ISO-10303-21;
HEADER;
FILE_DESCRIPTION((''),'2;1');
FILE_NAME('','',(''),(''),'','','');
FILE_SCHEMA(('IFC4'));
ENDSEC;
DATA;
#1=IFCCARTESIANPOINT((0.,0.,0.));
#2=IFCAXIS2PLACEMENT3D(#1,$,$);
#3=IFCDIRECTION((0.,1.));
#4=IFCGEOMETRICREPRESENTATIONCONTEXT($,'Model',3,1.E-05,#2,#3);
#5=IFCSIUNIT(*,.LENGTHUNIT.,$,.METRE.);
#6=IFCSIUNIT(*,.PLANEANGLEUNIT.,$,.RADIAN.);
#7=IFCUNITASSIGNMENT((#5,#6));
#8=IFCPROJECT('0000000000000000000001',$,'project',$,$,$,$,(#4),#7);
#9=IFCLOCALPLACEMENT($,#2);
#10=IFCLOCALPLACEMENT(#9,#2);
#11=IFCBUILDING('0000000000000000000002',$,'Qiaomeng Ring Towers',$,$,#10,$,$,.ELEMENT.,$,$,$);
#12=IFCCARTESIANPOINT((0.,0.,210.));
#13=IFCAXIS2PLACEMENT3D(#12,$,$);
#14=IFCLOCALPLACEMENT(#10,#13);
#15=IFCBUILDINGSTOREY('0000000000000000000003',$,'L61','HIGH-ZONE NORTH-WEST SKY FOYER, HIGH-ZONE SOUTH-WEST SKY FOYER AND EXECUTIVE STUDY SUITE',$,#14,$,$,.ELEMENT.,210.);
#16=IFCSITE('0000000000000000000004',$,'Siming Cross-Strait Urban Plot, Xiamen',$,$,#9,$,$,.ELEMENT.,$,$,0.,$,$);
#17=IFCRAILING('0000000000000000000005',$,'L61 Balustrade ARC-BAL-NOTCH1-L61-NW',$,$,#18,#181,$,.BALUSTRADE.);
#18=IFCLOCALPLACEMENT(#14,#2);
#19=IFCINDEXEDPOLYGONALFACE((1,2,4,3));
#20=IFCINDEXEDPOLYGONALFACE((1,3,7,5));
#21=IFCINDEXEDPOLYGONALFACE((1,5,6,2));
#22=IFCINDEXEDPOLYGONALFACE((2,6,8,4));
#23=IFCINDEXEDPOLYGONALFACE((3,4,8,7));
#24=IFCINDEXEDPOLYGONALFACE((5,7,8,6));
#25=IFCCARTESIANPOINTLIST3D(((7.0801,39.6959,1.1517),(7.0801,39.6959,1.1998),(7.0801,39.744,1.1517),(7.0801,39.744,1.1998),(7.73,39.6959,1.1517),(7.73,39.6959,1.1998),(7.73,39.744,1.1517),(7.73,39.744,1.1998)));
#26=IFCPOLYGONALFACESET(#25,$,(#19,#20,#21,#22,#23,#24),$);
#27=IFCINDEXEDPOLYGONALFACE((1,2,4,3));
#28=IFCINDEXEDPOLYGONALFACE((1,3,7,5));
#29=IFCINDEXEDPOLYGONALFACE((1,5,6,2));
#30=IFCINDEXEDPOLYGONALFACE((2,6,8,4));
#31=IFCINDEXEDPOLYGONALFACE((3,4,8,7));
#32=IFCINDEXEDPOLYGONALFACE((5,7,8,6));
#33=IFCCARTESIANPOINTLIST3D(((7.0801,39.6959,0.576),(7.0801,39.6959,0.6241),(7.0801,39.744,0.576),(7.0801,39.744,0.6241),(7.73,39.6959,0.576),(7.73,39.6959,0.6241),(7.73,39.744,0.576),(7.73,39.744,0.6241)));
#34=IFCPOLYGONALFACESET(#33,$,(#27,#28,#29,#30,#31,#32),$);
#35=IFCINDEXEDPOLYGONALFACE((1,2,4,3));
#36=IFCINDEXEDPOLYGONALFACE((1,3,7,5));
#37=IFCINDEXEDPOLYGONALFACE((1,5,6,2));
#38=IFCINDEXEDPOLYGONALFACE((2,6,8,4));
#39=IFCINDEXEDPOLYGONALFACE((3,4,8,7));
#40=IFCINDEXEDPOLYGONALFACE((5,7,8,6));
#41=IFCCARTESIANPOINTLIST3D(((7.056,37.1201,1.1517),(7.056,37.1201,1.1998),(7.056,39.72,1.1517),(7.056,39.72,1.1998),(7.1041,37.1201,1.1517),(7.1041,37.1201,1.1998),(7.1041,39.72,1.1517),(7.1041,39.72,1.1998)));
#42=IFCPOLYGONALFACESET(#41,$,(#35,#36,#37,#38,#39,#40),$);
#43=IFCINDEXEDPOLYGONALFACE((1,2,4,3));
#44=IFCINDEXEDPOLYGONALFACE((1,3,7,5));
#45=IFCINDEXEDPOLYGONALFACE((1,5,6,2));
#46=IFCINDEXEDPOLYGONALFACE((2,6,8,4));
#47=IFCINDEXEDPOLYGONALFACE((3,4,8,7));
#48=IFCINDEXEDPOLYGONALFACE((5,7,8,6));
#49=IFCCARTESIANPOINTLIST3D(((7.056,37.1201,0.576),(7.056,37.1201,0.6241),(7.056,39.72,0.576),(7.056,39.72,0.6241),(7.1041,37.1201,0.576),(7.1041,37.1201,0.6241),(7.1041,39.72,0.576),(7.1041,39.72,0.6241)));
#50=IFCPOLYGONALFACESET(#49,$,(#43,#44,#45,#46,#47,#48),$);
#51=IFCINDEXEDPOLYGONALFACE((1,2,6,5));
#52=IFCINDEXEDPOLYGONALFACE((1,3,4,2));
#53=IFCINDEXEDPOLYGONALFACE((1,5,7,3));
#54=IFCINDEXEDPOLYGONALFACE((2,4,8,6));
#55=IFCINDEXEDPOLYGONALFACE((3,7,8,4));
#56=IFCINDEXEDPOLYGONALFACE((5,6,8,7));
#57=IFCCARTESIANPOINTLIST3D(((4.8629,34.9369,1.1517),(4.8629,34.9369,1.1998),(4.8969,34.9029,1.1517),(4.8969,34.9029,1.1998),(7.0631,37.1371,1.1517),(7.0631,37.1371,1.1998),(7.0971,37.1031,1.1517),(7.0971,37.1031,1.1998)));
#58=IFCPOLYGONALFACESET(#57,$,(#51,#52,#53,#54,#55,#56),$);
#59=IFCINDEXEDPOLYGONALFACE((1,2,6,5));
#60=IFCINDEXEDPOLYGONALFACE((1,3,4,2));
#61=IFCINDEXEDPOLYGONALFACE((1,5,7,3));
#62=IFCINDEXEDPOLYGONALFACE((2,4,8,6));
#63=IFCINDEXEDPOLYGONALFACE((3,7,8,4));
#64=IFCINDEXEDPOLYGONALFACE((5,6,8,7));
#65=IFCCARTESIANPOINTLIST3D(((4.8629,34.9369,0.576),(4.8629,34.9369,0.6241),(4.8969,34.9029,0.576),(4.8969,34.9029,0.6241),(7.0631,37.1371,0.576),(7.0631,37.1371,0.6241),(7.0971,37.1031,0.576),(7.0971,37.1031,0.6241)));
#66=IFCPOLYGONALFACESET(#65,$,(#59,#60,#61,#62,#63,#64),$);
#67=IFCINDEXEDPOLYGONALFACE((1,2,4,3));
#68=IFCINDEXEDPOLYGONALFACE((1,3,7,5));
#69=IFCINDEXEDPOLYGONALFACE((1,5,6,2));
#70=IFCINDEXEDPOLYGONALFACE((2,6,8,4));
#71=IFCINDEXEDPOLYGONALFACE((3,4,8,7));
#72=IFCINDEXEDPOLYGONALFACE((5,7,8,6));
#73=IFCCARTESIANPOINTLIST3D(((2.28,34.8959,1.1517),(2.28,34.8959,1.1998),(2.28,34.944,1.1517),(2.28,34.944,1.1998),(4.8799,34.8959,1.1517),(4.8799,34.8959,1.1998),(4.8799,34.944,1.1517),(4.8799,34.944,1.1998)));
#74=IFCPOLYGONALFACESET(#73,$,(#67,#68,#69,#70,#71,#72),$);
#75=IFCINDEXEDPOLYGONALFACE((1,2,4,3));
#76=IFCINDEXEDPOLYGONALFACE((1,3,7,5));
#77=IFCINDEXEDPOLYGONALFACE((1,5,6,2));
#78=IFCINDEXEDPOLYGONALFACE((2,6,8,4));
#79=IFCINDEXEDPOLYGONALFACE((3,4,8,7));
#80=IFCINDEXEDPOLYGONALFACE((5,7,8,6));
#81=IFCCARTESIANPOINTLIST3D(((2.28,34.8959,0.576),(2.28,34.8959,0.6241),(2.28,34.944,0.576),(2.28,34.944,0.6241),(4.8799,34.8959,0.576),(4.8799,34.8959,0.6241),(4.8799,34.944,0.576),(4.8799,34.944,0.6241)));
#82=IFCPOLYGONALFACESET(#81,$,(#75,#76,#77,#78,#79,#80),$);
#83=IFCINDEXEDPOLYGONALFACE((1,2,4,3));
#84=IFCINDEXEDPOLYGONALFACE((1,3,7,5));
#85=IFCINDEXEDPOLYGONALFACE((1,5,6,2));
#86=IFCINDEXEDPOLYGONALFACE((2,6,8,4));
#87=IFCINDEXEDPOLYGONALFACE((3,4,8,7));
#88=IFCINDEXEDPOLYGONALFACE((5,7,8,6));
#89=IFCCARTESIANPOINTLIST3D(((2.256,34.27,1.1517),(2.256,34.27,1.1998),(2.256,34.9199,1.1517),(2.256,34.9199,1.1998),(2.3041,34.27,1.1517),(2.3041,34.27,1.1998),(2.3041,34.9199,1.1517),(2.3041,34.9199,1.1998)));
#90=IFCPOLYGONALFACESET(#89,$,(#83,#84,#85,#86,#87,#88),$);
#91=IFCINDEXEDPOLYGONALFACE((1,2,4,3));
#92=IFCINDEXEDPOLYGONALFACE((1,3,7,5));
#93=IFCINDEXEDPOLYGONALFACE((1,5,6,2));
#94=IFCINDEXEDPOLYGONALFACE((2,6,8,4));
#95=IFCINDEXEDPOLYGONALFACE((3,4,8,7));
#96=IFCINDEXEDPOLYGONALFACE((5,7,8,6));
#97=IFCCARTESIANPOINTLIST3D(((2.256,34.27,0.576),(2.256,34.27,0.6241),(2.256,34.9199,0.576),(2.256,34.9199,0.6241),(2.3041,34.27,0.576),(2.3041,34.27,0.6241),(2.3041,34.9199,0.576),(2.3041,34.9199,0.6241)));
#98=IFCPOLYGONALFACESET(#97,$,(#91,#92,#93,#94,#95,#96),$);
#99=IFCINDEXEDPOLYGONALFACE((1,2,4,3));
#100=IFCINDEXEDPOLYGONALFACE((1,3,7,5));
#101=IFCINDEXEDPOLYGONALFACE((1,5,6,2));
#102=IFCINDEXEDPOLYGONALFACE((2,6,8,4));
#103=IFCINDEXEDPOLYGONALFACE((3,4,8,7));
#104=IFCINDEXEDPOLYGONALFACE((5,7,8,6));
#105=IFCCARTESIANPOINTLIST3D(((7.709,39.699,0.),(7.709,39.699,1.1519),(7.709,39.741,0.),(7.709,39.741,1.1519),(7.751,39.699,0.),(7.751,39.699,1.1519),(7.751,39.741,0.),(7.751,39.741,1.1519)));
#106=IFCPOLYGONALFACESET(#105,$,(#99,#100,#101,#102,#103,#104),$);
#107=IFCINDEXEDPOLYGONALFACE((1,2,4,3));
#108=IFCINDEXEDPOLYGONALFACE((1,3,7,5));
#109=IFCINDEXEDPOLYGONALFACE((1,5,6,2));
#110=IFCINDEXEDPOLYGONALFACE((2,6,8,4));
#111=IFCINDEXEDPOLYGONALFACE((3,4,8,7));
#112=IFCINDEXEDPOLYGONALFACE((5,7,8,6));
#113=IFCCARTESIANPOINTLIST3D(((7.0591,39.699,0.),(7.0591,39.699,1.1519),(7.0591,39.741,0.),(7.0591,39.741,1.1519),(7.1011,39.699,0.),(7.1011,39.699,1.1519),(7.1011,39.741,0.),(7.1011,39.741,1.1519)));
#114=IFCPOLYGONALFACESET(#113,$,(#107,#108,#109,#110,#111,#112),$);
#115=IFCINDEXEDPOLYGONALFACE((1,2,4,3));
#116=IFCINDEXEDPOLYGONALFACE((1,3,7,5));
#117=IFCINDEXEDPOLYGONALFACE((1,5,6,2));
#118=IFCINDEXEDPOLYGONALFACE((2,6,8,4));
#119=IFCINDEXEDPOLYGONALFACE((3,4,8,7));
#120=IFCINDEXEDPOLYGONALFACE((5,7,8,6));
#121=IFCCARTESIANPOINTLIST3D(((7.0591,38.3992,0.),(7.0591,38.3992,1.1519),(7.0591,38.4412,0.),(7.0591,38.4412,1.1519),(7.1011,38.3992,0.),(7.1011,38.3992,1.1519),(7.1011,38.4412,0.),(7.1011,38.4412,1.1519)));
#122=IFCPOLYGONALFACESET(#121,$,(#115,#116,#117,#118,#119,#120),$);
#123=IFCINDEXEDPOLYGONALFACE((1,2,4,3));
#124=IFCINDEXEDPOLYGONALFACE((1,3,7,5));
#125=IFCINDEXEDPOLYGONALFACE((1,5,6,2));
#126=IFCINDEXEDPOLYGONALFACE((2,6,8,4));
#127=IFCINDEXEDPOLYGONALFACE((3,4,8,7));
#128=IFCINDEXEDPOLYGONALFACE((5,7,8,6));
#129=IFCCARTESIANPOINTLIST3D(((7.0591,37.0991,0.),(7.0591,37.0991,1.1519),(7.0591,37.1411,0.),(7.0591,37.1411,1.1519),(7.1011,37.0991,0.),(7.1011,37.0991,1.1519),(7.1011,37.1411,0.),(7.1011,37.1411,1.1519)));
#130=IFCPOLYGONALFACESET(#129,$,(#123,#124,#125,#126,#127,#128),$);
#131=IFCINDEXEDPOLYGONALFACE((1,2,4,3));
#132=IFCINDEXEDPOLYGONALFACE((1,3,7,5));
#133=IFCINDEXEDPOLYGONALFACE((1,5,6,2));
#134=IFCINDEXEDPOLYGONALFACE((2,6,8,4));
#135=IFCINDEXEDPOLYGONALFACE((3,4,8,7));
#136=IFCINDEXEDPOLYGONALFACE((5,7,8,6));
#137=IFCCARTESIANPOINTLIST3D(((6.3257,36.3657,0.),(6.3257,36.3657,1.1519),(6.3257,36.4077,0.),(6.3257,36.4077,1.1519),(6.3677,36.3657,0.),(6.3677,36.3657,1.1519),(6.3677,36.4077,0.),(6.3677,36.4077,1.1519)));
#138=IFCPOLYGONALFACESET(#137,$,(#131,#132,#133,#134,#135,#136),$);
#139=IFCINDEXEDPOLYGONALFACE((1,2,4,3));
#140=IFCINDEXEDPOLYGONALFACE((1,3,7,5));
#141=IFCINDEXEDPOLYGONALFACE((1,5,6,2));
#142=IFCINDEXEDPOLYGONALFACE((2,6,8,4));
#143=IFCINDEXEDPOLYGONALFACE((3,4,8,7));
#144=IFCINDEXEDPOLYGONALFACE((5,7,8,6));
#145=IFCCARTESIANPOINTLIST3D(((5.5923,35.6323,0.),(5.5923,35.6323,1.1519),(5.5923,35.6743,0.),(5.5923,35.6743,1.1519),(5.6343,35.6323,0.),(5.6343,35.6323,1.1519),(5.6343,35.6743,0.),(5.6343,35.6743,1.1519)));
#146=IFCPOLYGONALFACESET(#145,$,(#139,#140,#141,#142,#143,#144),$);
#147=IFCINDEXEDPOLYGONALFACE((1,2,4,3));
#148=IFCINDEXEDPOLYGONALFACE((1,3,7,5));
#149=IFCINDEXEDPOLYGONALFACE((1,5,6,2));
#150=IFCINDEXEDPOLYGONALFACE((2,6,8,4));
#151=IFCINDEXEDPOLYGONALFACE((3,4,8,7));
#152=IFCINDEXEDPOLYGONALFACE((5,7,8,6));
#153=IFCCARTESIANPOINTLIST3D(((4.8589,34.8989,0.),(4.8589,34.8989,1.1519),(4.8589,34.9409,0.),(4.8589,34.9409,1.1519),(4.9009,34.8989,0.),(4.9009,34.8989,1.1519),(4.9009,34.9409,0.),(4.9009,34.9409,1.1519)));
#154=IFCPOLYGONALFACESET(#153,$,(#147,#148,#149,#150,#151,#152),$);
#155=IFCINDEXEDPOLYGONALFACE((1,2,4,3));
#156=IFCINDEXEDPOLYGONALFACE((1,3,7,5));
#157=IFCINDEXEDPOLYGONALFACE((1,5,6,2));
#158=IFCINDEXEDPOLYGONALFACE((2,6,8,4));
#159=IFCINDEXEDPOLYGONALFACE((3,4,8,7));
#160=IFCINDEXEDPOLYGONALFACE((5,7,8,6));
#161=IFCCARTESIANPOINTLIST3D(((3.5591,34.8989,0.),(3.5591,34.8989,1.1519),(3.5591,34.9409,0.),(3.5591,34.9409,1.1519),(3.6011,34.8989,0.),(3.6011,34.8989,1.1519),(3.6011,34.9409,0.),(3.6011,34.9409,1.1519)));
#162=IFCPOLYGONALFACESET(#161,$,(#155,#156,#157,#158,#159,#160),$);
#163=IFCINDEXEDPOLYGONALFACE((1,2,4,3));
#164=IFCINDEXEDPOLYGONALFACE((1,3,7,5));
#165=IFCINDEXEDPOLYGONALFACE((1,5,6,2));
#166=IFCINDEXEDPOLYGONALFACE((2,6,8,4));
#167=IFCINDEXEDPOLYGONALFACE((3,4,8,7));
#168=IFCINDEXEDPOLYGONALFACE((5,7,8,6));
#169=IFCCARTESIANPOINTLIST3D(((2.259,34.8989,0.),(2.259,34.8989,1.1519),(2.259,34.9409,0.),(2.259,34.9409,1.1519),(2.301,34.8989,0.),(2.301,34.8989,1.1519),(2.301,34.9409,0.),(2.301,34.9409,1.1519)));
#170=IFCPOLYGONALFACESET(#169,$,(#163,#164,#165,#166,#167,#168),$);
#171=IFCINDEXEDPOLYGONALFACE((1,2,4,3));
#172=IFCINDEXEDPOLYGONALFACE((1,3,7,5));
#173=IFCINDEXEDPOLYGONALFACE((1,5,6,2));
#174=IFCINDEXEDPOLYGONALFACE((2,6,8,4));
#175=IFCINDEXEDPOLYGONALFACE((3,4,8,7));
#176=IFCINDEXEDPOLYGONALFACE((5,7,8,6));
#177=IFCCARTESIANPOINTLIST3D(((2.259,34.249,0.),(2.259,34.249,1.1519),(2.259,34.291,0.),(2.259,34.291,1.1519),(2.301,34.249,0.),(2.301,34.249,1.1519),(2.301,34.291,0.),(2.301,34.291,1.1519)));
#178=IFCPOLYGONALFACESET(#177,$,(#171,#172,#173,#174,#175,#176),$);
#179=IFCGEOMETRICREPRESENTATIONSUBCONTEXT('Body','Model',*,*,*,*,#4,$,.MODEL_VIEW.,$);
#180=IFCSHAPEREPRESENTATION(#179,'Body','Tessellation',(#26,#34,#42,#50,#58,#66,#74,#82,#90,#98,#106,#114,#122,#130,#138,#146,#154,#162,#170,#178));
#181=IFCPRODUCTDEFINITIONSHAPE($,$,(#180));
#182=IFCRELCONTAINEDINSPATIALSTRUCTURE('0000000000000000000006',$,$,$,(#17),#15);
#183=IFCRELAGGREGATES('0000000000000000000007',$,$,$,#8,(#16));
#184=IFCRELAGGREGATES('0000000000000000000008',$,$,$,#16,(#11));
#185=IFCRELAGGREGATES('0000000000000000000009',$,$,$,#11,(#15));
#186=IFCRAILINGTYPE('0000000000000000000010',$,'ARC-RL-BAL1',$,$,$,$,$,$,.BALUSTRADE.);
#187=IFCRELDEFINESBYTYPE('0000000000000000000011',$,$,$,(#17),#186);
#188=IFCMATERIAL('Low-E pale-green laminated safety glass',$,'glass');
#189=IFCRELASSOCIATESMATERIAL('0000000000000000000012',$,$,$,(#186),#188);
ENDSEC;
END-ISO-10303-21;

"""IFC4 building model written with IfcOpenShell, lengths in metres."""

from ifc_helpers import new_model, si_unit, direction, frame, origin, origin_2d, place, context, subcontext, project, spatial, rectangle, extrude, material, type_object, element, save


model = new_model("IFC4")

# Units and contexts
model_context = context("Model", 3, precision=1e-05, world=origin(), true_north=direction((0.0, 1.0)))
body_context = subcontext(model_context, "Body", "Model", "MODEL_VIEW")
ifc_project = project(units=[si_unit("LENGTHUNIT", "METRE"), si_unit("PLANEANGLEUNIT", "RADIAN")], contexts=[model_context])

# Site, building, storey
site_placement = place(None, origin())
site = spatial("IfcSite", under=ifc_project, at=site_placement, Name="Siming Cross-Strait Urban Plot, Xiamen", CompositionType="ELEMENT", RefElevation=0.0)
building_placement = place(site_placement, origin())
building = spatial("IfcBuilding", under=site, at=building_placement, Name="Qiaomeng Ring Towers", CompositionType="ELEMENT")
storey_placement = place(building_placement, frame((0.0, 0.0, 210.0)))
storey = spatial("IfcBuildingStorey", under=building, at=storey_placement, Name="L61", Description="HIGH-ZONE NORTH-WEST SKY FOYER, HIGH-ZONE SOUTH-WEST SKY FOYER AND EXECUTIVE STUDY SUITE", CompositionType="ELEMENT", Elevation=210.0)

# Railing
ifc_material_1 = material(Name="Low-E pale-green laminated safety glass", Category="glass")
railing_type = type_object("IfcRailingType", Name="ARC-RL-BAL1", PredefinedType="BALUSTRADE", material=ifc_material_1)
railing_placement = place(storey_placement, frame((7.73, 39.72, 0.0)))
element("IfcRailing", 1, at=railing_placement, inside=storey, type_object=railing_type, Name="L61 Balustrade ARC-BAL-NOTCH1-L61-NW", PredefinedType="BALUSTRADE", context=body_context, shape_type="SweptSolid", body=[
    extrude(rectangle(XDim=0.0481, YDim=0.0481, at=origin_2d()), frame((0.0, 0.0, 1.1758), z_axis=(-1.0, 0.0, 0.0), x_axis=(0.0, -1.0, 0.0)), (0.0, 0.0, 1.0), 0.6499),
    extrude(rectangle(XDim=0.0481, YDim=0.0481, at=origin_2d()), frame((0.0, 0.0, 0.6001), z_axis=(-1.0, 0.0, 0.0), x_axis=(0.0, -1.0, 0.0)), (0.0, 0.0, 1.0), 0.6499),
    extrude(rectangle(XDim=0.0481, YDim=0.0481, at=origin_2d()), frame((-0.6499, 0.0, 1.1758), z_axis=(0.0, -1.0, 0.0), x_axis=(1.0, 0.0, 0.0)), (0.0, 0.0, 1.0), 2.5999),
    extrude(rectangle(XDim=0.0481, YDim=0.0481, at=origin_2d()), frame((-0.6499, 0.0, 0.6001), z_axis=(0.0, -1.0, 0.0), x_axis=(1.0, 0.0, 0.0)), (0.0, 0.0, 1.0), 2.5999),
    extrude(rectangle(XDim=0.0481, YDim=0.0481, at=origin_2d()), frame((-0.6499, -2.5999, 1.1758), z_axis=(-0.707107, -0.707107, 0.0), x_axis=(0.707107, -0.707107, 0.0)), (0.0, 0.0, 1.0), 3.1116),
    extrude(rectangle(XDim=0.0481, YDim=0.0481, at=origin_2d()), frame((-0.6499, -2.5999, 0.6001), z_axis=(-0.707107, -0.707107, 0.0), x_axis=(0.707107, -0.707107, 0.0)), (0.0, 0.0, 1.0), 3.1116),
    extrude(rectangle(XDim=0.0481, YDim=0.0481, at=origin_2d()), frame((-2.8501, -4.8, 1.1758), z_axis=(-1.0, 0.0, 0.0), x_axis=(0.0, -1.0, 0.0)), (0.0, 0.0, 1.0), 2.5999),
    extrude(rectangle(XDim=0.0481, YDim=0.0481, at=origin_2d()), frame((-2.8501, -4.8, 0.6001), z_axis=(-1.0, 0.0, 0.0), x_axis=(0.0, -1.0, 0.0)), (0.0, 0.0, 1.0), 2.5999),
    extrude(rectangle(XDim=0.0481, YDim=0.0481, at=origin_2d()), frame((-5.45, -4.8, 1.1758), z_axis=(0.0, -1.0, 0.0), x_axis=(1.0, 0.0, 0.0)), (0.0, 0.0, 1.0), 0.6499),
    extrude(rectangle(XDim=0.0481, YDim=0.0481, at=origin_2d()), frame((-5.45, -4.8, 0.6001), z_axis=(0.0, -1.0, 0.0), x_axis=(1.0, 0.0, 0.0)), (0.0, 0.0, 1.0), 0.6499),
    extrude(rectangle(XDim=0.042, YDim=0.042, at=origin_2d()), origin(), (0.0, 0.0, 1.0), 1.1519),
    extrude(rectangle(XDim=0.042, YDim=0.042, at=origin_2d()), frame((-0.6499, 0.0, 0.0)), (0.0, 0.0, 1.0), 1.1519),
    extrude(rectangle(XDim=0.042, YDim=0.042, at=origin_2d()), frame((-0.6499, -1.2998, 0.0)), (0.0, 0.0, 1.0), 1.1519),
    extrude(rectangle(XDim=0.042, YDim=0.042, at=origin_2d()), frame((-0.6499, -2.5999, 0.0)), (0.0, 0.0, 1.0), 1.1519),
    extrude(rectangle(XDim=0.042, YDim=0.042, at=origin_2d()), frame((-1.3833, -3.3333, 0.0)), (0.0, 0.0, 1.0), 1.1519),
    extrude(rectangle(XDim=0.042, YDim=0.042, at=origin_2d()), frame((-2.1167, -4.0667, 0.0)), (0.0, 0.0, 1.0), 1.1519),
    extrude(rectangle(XDim=0.042, YDim=0.042, at=origin_2d()), frame((-2.8501, -4.8, 0.0)), (0.0, 0.0, 1.0), 1.1519),
    extrude(rectangle(XDim=0.042, YDim=0.042, at=origin_2d()), frame((-4.1499, -4.8, 0.0)), (0.0, 0.0, 1.0), 1.1519),
    extrude(rectangle(XDim=0.042, YDim=0.042, at=origin_2d()), frame((-5.45, -4.8, 0.0)), (0.0, 0.0, 1.0), 1.1519),
    extrude(rectangle(XDim=0.042, YDim=0.042, at=origin_2d()), frame((-5.45, -5.45, 0.0)), (0.0, 0.0, 1.0), 1.1519),
])

save(model, "model.ifc")
